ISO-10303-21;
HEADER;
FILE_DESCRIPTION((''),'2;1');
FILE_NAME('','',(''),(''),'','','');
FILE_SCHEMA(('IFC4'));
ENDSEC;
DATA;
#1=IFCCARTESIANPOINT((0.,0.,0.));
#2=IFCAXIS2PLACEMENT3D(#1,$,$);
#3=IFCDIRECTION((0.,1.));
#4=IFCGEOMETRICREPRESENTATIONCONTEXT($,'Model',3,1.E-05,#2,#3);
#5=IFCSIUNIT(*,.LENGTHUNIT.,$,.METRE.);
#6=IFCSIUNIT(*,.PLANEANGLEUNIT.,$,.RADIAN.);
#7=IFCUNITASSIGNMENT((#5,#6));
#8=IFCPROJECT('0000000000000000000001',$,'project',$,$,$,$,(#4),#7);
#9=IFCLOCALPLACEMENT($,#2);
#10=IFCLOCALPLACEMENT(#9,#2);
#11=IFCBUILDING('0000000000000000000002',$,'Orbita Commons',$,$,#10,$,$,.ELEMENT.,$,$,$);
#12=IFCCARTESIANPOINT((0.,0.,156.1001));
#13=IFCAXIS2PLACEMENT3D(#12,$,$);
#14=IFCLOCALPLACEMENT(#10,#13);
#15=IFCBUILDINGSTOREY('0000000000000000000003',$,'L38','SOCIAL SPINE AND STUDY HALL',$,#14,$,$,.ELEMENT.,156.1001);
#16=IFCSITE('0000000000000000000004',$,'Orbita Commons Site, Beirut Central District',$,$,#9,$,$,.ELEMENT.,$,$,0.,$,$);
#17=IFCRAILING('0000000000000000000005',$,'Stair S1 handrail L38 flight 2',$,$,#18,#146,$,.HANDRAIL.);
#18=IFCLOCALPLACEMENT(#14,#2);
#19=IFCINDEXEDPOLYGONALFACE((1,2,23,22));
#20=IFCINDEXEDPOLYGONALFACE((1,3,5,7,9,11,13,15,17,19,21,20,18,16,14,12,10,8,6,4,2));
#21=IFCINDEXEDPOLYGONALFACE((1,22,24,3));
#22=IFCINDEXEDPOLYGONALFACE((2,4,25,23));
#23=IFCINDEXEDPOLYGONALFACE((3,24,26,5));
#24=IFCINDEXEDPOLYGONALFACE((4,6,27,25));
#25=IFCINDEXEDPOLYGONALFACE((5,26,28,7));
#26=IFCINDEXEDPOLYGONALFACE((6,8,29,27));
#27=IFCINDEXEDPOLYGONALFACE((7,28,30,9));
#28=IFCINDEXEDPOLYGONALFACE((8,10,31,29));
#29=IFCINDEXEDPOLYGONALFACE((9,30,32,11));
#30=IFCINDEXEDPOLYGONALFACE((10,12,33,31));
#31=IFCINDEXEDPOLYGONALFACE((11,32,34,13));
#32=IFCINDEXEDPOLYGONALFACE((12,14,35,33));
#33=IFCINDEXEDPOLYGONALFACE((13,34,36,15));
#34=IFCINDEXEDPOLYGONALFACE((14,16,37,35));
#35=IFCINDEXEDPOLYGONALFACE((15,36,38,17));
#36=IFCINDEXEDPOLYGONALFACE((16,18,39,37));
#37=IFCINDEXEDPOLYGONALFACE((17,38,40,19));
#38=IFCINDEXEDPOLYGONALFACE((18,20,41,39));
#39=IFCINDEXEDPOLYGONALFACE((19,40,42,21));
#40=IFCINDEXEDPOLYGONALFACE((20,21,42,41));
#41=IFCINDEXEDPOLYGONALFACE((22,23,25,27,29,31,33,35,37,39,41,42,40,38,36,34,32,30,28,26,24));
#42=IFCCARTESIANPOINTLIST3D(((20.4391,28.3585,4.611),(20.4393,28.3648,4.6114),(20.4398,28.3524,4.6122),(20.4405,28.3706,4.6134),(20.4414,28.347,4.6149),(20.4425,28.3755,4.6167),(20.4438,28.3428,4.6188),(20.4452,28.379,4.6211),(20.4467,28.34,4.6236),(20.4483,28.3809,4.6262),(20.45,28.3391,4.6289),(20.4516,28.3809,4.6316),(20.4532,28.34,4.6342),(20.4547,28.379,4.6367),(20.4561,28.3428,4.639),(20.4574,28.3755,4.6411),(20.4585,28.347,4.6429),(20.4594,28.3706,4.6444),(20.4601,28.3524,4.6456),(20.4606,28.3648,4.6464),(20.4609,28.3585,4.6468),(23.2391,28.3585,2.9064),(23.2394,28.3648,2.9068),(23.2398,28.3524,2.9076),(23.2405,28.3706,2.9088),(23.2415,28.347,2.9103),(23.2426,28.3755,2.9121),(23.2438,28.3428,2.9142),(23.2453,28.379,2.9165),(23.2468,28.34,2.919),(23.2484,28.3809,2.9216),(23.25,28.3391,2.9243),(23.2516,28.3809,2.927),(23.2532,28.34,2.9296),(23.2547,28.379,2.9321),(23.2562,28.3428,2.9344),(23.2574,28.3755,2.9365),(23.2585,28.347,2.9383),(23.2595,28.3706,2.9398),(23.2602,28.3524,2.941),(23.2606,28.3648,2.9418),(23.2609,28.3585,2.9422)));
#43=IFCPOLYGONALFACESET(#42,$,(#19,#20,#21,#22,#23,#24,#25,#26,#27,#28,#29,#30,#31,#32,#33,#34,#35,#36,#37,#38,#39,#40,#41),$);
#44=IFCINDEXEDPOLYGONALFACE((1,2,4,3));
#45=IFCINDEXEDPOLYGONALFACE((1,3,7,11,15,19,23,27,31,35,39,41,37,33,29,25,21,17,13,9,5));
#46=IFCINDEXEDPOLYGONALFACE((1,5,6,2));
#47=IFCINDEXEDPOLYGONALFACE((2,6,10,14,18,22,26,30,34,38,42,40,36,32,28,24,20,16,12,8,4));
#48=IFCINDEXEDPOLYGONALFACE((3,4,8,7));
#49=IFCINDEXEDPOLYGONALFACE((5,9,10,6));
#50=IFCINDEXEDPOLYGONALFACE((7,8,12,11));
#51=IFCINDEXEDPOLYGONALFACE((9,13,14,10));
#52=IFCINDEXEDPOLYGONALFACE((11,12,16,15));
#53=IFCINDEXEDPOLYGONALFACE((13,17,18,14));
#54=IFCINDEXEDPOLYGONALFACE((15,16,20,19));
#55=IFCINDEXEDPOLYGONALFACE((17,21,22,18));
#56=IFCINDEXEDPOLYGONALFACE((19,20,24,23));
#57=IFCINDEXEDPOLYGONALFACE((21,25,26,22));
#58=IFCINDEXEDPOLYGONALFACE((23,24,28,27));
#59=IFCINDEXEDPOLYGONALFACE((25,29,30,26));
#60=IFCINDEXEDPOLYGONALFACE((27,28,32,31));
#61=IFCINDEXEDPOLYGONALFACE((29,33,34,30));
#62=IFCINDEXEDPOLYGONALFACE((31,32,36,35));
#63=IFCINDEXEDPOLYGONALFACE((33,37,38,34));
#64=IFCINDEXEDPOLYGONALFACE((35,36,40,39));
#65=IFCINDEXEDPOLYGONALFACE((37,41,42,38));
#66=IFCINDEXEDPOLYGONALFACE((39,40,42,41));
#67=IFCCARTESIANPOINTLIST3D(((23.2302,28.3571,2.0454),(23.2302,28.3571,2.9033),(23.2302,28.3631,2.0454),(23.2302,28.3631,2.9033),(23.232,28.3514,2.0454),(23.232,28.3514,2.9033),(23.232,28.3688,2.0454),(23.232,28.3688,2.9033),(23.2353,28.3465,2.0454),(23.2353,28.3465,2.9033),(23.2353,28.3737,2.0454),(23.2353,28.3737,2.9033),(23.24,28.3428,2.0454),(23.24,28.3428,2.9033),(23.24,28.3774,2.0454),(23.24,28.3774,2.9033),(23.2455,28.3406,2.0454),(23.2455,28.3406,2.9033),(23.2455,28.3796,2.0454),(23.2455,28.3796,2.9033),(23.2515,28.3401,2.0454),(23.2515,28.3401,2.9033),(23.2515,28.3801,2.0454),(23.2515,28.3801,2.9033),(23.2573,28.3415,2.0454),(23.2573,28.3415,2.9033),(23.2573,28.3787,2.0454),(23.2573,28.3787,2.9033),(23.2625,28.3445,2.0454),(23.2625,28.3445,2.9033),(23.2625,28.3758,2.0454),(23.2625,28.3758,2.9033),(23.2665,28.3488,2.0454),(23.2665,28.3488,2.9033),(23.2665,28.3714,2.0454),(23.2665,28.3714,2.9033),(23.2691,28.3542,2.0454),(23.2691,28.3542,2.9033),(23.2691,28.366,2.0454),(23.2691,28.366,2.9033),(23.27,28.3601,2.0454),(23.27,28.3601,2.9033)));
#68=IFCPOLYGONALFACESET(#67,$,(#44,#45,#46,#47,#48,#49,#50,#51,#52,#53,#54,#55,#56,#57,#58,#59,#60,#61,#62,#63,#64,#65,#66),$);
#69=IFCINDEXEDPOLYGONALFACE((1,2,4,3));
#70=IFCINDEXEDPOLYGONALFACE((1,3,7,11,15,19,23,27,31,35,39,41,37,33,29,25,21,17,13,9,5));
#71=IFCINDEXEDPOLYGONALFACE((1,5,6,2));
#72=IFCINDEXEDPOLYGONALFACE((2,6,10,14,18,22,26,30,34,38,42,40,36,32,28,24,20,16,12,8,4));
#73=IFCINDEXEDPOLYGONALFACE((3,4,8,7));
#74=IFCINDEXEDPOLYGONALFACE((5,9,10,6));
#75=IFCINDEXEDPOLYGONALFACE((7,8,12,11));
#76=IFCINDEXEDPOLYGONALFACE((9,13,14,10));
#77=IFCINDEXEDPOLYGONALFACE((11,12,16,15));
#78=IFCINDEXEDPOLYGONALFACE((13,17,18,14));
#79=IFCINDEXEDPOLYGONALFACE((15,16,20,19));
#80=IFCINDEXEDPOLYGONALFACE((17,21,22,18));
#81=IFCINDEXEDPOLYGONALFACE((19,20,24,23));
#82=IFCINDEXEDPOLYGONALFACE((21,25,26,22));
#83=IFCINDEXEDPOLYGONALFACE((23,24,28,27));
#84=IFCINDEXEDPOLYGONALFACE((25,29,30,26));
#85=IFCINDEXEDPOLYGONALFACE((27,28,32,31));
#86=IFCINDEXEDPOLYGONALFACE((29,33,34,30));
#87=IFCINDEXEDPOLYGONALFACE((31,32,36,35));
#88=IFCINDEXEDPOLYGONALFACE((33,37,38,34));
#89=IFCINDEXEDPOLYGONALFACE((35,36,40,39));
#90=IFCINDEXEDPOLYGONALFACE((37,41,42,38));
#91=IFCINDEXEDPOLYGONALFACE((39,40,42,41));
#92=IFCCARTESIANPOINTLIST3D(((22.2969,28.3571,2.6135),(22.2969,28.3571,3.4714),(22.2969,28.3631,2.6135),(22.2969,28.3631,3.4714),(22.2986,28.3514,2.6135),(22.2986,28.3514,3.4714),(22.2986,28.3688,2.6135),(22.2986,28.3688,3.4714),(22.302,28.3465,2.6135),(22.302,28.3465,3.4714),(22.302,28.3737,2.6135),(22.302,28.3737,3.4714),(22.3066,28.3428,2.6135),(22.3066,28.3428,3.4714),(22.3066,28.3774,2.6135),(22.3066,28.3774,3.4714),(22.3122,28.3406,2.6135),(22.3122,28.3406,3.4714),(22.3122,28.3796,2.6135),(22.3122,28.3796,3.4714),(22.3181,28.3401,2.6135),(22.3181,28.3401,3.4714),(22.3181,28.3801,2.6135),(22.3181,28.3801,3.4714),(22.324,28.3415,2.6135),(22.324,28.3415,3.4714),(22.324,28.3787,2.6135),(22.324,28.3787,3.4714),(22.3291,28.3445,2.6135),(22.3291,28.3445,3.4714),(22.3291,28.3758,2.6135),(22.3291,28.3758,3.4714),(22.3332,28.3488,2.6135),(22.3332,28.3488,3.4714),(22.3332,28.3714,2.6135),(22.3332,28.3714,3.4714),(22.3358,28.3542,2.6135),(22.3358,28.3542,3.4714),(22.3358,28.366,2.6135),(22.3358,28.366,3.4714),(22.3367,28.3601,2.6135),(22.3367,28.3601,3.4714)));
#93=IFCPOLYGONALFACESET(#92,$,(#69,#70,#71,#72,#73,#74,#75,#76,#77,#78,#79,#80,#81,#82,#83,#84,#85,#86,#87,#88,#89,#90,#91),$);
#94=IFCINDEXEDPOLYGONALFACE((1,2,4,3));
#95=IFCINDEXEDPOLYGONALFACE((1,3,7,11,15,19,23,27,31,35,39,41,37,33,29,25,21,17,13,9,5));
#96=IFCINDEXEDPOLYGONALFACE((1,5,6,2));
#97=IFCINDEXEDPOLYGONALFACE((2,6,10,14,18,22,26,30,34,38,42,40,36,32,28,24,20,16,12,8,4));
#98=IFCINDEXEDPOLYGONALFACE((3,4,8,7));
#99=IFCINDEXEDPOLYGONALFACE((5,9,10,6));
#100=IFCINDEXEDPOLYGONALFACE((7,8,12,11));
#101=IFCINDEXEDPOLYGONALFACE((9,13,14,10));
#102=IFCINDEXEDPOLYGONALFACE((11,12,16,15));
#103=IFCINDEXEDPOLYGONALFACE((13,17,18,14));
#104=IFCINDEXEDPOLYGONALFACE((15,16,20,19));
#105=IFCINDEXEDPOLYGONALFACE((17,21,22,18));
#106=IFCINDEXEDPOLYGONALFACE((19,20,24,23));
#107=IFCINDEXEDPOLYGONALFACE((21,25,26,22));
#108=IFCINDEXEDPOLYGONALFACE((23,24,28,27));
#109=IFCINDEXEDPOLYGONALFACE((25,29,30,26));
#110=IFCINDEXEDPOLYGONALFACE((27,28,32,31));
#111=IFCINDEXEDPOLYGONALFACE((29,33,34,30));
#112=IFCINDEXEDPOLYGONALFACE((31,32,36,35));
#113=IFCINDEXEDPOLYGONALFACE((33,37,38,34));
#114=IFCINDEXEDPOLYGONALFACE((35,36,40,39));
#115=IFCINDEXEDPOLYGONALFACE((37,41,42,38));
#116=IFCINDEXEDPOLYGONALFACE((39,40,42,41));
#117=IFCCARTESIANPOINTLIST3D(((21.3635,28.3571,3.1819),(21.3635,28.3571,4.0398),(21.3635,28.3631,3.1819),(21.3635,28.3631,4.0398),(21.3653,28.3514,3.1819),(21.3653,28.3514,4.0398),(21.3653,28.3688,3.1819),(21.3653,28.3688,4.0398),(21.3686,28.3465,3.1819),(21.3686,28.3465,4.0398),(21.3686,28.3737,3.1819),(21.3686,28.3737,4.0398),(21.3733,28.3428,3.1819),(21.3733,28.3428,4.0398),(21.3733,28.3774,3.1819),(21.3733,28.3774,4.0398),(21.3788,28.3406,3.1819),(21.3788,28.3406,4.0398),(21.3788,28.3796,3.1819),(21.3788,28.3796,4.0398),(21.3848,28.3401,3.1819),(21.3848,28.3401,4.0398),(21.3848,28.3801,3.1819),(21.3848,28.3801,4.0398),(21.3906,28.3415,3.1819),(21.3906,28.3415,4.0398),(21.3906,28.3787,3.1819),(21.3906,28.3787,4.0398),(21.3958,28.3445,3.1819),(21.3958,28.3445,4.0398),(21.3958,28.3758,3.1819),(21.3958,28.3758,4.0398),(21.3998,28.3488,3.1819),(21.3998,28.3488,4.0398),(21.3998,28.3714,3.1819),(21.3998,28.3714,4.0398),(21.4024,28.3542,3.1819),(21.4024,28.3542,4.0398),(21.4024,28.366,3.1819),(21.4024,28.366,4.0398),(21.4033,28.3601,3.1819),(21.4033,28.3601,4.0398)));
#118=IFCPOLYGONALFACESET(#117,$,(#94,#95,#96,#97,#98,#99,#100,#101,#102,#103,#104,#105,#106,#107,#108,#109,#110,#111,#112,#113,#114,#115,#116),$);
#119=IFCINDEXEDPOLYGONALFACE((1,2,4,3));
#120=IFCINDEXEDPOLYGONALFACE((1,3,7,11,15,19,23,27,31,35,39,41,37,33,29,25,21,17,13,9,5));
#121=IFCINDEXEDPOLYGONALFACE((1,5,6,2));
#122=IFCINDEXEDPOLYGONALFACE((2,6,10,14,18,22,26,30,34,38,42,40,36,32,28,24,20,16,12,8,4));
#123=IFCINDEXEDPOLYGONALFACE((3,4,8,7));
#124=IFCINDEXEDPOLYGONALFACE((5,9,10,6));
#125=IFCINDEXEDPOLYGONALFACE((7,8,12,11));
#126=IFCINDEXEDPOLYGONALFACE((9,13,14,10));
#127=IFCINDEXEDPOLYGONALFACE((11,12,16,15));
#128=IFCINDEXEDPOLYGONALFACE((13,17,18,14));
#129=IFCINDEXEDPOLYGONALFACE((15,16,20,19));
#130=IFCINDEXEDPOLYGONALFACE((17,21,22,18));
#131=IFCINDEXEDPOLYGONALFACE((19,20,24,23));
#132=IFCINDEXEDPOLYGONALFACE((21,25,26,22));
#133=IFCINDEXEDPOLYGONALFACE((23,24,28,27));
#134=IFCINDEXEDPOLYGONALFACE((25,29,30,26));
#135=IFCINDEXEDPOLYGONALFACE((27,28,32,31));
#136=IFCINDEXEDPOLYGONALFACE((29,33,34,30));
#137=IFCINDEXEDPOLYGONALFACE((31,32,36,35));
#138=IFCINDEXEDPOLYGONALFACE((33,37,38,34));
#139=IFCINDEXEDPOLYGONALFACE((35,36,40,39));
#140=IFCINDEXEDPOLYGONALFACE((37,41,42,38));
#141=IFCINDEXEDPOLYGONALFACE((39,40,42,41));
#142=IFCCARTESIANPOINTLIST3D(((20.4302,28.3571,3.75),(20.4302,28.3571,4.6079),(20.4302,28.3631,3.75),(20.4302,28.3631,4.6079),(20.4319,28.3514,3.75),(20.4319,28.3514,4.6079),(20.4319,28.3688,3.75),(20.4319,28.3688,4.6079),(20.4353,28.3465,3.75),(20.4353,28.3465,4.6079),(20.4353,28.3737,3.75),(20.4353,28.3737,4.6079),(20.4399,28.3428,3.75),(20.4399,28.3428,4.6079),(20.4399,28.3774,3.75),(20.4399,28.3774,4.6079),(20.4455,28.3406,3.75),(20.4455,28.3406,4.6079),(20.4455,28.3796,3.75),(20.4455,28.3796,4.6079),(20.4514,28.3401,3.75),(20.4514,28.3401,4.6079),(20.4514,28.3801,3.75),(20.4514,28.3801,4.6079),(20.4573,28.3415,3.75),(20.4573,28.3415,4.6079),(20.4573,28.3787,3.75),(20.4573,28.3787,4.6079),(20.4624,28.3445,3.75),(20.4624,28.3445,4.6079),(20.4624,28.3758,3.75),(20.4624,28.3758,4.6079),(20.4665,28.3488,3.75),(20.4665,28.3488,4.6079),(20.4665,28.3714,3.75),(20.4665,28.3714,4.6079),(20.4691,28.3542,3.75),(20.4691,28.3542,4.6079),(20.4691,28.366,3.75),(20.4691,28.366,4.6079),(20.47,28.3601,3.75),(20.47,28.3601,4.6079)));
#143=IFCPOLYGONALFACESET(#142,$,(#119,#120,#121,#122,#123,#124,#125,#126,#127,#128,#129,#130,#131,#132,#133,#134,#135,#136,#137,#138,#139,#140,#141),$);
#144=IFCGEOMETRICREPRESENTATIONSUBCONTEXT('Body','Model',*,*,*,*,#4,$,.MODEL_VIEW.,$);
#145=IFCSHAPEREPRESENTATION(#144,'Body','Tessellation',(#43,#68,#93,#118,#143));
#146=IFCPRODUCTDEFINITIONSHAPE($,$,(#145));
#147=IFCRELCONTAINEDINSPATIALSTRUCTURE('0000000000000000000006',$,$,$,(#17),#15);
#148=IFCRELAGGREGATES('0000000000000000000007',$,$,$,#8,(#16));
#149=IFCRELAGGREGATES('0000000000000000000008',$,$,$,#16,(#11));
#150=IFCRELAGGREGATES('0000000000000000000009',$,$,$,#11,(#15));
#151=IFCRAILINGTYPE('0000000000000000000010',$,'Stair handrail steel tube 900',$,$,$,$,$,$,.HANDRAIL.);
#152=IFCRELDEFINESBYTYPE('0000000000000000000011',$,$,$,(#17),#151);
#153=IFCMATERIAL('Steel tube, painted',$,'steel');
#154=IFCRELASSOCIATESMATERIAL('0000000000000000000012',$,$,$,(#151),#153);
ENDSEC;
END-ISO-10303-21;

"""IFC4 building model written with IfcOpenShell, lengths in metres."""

from ifc_helpers import new_model, si_unit, direction, frame, origin, origin_2d, place, context, subcontext, project, spatial, circle, extrude, material, type_object, element, save


model = new_model("IFC4")

# Units and contexts
model_context = context("Model", 3, precision=1e-05, world=origin(), true_north=direction((0.0, 1.0)))
body_context = subcontext(model_context, "Body", "Model", "MODEL_VIEW")
ifc_project = project(units=[si_unit("LENGTHUNIT", "METRE"), si_unit("PLANEANGLEUNIT", "RADIAN")], contexts=[model_context])

# Site, building, storey
site_placement = place(None, origin())
site = spatial("IfcSite", under=ifc_project, at=site_placement, Name="Orbita Commons Site, Beirut Central District", CompositionType="ELEMENT", RefElevation=0.0)
building_placement = place(site_placement, origin())
building = spatial("IfcBuilding", under=site, at=building_placement, Name="Orbita Commons", CompositionType="ELEMENT")
storey_placement = place(building_placement, frame((0.0, 0.0, 156.1001)))
storey = spatial("IfcBuildingStorey", under=building, at=storey_placement, Name="L38", Description="SOCIAL SPINE AND STUDY HALL", CompositionType="ELEMENT", Elevation=156.1001)

# Railing
ifc_material_1 = material(Name="Steel tube, painted", Category="steel")
railing_type = type_object("IfcRailingType", Name="Stair handrail steel tube 900", PredefinedType="HANDRAIL", material=ifc_material_1)
for number, where, name in (
    (1, (23.25, 28.3601, 2.0454), "Stair S1 handrail L38 flight 2"),
):
    element("IfcRailing", number, at=place(storey_placement, frame(where)), inside=storey, type_object=railing_type, Name=name, PredefinedType="HANDRAIL", context=body_context, shape_type="SweptSolid", body=[
        extrude(circle(Radius=0.021, at=origin_2d()), frame((0.0, 0.0, 0.8789), z_axis=(-0.85417, 0.0, 0.519994), x_axis=(0.0, -1.0, 0.0)), (0.0, 0.0, 1.0), 3.2781),
        extrude(circle(Radius=0.02, at=origin_2d()), origin(), (0.0, 0.0, 1.0), 0.8579),
        extrude(circle(Radius=0.02, at=origin_2d()), frame((-0.9333, 0.0, 0.5681)), (0.0, 0.0, 1.0), 0.8579),
        extrude(circle(Radius=0.02, at=origin_2d()), frame((-1.8667, 0.0, 1.1365)), (0.0, 0.0, 1.0), 0.8579),
        extrude(circle(Radius=0.02, at=origin_2d()), frame((-2.8, 0.0, 1.7046)), (0.0, 0.0, 1.0), 0.8579),
    ])

save(model, "model.ifc")
